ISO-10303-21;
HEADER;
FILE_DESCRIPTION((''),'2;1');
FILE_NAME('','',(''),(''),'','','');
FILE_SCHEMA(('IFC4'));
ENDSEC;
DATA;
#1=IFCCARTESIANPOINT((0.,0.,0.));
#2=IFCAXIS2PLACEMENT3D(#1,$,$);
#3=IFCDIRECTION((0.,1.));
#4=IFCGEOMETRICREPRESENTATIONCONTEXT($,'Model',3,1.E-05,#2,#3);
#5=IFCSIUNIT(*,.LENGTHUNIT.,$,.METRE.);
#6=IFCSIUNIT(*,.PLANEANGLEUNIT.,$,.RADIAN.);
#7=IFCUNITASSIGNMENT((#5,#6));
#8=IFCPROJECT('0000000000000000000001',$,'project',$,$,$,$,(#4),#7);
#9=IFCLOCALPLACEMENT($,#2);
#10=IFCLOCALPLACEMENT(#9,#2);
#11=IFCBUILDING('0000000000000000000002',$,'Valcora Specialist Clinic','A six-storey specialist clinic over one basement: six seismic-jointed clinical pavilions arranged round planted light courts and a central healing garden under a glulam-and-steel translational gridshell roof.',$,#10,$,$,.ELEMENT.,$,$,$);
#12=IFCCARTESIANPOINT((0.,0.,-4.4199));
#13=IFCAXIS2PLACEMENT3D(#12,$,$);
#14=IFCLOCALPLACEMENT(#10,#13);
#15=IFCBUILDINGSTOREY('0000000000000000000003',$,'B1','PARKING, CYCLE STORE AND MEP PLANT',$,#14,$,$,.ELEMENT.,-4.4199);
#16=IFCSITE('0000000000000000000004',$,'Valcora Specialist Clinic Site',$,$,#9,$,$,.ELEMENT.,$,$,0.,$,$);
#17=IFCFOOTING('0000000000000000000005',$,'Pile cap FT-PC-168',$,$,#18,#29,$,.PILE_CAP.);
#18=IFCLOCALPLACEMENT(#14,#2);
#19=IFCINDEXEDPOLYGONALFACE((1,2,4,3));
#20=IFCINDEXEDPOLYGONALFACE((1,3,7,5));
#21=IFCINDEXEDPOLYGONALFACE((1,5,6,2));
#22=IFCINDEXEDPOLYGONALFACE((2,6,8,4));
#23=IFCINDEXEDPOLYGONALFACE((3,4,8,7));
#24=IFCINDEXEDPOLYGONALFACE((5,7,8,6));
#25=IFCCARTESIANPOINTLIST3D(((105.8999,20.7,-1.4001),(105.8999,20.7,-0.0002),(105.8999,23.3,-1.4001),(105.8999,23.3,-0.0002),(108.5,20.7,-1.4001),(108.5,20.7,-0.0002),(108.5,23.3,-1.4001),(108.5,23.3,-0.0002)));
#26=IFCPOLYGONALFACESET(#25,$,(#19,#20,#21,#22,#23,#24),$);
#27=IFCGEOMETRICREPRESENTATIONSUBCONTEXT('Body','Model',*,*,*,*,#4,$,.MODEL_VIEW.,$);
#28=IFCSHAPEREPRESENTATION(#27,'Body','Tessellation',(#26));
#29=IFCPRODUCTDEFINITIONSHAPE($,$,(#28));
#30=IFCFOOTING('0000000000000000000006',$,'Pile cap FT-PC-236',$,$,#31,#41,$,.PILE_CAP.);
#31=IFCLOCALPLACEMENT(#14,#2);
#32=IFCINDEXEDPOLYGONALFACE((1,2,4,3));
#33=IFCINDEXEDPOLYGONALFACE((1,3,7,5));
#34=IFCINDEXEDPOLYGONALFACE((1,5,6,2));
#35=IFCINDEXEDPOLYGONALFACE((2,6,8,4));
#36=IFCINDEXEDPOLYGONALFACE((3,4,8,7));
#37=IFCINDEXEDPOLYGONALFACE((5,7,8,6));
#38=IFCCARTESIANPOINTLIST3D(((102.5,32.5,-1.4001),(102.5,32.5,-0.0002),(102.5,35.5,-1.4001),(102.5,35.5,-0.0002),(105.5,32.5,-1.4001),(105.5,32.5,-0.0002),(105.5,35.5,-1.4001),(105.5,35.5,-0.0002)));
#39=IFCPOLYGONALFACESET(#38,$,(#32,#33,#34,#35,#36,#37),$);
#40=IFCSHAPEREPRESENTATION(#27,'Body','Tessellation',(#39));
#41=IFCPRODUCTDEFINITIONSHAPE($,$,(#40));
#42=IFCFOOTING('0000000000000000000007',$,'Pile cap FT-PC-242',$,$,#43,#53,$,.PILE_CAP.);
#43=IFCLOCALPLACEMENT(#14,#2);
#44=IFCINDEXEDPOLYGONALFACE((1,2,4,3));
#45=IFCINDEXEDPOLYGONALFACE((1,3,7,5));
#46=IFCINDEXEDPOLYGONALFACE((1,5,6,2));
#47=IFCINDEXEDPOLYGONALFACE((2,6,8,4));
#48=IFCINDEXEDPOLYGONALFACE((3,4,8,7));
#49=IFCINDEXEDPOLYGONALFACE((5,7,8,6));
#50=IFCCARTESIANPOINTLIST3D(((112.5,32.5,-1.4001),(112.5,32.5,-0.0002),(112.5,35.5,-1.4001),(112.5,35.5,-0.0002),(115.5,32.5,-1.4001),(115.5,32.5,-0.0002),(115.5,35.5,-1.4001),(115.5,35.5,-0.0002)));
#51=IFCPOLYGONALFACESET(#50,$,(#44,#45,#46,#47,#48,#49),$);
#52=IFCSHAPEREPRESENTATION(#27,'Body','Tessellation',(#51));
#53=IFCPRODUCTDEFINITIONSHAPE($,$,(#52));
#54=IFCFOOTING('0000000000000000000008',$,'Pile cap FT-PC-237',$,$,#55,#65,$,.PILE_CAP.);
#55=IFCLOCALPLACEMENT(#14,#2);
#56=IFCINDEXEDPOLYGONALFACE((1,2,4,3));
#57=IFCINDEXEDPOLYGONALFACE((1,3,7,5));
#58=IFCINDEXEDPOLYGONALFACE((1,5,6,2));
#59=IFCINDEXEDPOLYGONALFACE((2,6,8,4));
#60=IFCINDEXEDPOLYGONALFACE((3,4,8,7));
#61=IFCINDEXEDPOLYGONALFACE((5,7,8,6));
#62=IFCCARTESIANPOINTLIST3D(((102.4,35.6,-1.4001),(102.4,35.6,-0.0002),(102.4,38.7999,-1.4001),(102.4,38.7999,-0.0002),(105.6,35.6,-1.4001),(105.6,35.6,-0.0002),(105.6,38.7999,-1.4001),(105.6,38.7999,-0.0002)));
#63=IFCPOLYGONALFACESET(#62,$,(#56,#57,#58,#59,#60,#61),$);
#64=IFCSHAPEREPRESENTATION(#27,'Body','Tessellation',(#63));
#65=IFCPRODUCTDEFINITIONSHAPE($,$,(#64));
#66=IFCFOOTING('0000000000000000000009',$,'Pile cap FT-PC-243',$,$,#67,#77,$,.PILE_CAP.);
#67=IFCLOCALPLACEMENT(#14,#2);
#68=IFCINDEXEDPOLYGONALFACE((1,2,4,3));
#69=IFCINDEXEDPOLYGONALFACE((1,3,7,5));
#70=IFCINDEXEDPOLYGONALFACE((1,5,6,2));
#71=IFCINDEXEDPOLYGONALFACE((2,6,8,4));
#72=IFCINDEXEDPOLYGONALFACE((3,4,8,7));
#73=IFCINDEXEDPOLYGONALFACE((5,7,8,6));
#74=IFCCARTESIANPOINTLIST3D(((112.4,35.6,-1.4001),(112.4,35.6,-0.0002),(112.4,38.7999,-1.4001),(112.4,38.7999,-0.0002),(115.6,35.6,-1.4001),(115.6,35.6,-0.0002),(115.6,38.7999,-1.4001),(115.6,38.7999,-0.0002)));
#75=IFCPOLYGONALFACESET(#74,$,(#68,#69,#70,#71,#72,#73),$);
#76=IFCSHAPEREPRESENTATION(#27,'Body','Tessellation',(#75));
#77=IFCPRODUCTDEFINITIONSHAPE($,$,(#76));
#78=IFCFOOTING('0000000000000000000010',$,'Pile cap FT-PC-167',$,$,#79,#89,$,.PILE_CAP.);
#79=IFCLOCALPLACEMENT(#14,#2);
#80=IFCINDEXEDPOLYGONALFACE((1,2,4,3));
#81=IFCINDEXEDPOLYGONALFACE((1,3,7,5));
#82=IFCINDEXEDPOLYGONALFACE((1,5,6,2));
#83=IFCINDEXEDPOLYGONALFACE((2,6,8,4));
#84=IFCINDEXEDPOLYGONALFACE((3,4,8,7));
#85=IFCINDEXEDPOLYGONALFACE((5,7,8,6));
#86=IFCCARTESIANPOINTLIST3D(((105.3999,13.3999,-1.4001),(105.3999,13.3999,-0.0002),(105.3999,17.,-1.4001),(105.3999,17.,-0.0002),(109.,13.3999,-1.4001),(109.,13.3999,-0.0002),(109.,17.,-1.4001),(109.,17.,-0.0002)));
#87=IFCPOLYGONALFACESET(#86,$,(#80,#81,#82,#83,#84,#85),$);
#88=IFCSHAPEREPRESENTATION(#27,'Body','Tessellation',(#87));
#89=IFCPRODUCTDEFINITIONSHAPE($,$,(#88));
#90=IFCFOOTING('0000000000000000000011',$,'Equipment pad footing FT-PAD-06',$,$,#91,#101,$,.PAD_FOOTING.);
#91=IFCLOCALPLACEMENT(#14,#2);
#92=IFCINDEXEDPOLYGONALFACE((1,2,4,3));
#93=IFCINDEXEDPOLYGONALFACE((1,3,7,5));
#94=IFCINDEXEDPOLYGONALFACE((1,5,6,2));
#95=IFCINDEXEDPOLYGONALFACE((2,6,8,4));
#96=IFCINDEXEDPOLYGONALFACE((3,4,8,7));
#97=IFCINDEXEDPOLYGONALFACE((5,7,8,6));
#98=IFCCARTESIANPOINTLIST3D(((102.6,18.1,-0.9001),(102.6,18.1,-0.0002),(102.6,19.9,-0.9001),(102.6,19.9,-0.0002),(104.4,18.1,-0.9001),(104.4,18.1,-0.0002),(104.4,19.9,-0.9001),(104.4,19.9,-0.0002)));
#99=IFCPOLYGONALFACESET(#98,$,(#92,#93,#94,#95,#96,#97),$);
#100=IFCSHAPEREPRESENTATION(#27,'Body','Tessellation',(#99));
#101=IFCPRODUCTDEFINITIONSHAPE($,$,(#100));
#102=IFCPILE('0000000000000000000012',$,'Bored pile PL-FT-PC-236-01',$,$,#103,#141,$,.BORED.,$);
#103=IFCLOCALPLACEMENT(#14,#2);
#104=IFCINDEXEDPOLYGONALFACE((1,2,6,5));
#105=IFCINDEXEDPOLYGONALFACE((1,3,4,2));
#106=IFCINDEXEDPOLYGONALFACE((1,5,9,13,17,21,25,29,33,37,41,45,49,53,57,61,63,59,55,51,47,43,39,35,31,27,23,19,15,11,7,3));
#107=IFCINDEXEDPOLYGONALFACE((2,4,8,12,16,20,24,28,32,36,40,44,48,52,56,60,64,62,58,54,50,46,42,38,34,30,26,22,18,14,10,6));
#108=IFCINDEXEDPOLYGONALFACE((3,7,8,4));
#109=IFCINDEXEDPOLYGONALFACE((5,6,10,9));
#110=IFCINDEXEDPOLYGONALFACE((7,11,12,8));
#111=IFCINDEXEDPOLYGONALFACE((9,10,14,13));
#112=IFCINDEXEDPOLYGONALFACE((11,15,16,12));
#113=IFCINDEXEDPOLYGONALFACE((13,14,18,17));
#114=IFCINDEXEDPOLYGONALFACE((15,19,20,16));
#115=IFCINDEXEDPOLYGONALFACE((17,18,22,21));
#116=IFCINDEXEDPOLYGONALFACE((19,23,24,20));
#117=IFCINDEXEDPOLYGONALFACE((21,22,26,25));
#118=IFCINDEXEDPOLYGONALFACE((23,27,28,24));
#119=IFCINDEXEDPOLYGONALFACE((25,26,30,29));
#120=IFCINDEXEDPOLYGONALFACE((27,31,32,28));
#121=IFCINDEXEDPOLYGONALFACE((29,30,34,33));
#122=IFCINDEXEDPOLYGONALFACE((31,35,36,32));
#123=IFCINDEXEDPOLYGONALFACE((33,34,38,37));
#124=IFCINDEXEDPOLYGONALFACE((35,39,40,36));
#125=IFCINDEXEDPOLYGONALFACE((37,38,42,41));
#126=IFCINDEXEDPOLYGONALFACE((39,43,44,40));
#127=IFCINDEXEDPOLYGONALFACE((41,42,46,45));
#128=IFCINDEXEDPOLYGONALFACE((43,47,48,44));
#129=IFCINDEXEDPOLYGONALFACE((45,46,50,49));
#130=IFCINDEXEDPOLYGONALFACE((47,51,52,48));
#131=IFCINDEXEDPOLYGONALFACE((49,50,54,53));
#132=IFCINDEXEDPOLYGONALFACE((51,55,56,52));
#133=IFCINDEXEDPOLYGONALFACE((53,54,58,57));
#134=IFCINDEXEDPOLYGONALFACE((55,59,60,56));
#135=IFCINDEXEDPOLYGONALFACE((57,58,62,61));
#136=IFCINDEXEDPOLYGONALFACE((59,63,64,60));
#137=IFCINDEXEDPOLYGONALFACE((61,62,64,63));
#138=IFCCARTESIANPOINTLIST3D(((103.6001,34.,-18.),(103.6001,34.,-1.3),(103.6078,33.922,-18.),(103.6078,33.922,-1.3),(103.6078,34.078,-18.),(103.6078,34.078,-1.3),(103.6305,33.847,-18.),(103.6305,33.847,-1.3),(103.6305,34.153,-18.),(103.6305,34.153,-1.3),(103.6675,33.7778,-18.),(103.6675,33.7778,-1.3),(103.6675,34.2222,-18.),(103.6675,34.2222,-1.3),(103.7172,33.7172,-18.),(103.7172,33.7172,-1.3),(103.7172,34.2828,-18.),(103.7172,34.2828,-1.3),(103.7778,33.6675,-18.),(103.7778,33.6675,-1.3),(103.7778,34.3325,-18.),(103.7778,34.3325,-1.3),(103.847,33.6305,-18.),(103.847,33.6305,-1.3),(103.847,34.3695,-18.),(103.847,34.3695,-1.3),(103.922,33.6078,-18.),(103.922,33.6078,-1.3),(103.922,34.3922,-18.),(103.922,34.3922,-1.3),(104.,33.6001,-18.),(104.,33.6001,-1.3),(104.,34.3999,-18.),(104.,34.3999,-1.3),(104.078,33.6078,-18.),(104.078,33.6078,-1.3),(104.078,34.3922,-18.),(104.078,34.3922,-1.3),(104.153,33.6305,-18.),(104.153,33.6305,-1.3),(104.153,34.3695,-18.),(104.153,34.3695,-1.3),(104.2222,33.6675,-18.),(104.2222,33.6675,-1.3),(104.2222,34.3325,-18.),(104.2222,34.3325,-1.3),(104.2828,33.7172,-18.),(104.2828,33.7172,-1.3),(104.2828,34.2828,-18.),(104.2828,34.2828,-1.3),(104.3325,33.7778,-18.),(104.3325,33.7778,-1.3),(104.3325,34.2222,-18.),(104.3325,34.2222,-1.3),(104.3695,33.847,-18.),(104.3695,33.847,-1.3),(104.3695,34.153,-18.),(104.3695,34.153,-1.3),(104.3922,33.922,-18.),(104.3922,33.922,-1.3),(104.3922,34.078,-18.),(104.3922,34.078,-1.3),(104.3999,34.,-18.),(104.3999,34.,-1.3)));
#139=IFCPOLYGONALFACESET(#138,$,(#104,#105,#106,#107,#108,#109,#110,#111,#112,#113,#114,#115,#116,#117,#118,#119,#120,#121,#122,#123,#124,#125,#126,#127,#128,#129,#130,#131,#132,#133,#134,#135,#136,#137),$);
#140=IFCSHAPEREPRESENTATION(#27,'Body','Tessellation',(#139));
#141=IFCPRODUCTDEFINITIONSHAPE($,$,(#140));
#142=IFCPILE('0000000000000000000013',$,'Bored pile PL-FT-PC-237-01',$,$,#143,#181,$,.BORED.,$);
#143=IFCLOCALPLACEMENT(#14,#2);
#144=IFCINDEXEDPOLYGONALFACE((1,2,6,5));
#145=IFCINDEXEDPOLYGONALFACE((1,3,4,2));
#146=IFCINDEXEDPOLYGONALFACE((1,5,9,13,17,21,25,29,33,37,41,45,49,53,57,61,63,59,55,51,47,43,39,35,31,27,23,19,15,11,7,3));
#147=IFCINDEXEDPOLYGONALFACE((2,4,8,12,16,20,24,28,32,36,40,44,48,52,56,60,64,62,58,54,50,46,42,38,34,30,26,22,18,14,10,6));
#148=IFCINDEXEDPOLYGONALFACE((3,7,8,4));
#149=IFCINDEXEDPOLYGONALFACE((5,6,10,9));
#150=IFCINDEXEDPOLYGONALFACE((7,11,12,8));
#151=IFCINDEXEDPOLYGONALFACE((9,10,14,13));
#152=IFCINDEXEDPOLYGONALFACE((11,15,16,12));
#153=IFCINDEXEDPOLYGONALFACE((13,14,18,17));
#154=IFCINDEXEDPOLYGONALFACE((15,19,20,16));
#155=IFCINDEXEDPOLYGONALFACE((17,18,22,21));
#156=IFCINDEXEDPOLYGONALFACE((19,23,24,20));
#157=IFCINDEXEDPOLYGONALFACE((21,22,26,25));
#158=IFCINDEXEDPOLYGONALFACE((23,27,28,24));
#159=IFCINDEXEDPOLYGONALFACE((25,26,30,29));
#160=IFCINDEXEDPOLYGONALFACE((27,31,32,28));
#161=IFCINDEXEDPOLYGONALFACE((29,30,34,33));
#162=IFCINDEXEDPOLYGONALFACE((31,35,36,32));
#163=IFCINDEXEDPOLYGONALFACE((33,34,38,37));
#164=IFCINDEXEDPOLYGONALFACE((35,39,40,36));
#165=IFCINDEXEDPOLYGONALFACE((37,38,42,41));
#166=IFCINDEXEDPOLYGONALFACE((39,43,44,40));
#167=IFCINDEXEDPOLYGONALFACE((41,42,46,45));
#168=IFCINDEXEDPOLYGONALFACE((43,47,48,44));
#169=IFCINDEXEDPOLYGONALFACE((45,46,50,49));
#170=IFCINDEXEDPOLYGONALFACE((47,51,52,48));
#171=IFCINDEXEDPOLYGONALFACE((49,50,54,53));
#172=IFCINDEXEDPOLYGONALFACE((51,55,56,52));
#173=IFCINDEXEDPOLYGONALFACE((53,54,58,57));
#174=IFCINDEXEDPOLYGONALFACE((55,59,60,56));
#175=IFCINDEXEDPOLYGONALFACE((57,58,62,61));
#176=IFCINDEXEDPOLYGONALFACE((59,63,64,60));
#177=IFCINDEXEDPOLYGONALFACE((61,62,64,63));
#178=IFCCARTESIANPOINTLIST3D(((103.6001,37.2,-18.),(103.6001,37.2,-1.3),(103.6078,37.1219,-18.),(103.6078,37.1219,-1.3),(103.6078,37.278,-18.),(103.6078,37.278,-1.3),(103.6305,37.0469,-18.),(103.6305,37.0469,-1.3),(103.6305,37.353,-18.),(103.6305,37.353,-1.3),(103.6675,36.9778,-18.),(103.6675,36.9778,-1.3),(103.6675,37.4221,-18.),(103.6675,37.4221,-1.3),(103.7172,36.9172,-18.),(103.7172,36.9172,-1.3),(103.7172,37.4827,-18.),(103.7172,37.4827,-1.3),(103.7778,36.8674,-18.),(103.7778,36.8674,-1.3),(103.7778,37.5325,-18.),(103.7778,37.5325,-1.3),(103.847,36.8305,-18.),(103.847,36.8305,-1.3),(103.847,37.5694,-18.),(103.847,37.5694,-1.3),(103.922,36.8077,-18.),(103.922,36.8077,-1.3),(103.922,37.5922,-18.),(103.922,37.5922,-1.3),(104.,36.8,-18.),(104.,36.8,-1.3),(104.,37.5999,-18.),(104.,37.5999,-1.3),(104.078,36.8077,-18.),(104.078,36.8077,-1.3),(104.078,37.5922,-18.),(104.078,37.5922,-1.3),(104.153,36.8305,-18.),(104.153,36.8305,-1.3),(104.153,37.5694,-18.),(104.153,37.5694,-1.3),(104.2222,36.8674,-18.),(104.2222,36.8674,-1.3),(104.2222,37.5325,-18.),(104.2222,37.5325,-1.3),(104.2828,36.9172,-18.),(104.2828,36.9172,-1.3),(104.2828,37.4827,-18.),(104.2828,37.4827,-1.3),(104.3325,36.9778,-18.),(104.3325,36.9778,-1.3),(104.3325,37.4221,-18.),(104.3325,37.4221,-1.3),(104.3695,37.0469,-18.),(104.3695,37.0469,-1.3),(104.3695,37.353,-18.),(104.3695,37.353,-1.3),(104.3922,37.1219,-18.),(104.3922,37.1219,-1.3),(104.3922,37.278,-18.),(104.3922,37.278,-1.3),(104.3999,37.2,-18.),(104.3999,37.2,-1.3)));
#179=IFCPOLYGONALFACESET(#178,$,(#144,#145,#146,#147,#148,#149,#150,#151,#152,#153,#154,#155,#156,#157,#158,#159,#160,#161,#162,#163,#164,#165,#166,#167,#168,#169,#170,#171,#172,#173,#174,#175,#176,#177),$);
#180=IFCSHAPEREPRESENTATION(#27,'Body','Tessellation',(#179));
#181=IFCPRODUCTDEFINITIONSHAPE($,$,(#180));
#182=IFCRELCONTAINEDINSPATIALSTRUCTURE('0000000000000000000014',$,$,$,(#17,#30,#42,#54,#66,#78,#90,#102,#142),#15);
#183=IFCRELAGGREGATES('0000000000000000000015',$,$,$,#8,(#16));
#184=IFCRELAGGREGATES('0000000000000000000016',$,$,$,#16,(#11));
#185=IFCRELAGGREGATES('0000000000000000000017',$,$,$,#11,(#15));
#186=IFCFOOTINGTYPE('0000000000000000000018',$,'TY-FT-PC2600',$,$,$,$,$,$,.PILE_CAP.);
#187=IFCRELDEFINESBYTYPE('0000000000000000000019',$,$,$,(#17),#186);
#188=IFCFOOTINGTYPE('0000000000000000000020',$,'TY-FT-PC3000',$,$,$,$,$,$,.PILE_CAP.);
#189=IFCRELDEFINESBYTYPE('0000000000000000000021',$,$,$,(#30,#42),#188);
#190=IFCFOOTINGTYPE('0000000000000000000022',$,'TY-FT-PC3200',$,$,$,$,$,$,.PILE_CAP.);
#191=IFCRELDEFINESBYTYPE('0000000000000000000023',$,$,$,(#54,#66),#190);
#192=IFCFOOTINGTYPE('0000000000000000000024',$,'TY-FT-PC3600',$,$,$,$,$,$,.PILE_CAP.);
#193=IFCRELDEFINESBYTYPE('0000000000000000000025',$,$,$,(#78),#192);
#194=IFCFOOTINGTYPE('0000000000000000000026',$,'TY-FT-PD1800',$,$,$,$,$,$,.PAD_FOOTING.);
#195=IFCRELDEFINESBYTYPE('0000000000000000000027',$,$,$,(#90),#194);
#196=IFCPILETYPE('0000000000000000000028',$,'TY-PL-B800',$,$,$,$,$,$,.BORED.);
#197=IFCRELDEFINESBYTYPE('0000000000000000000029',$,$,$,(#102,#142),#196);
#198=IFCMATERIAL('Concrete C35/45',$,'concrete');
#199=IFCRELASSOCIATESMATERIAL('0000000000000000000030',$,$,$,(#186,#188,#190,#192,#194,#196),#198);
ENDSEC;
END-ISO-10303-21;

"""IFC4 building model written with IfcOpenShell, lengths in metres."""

from ifc_helpers import new_model, si_unit, direction, frame, origin, origin_2d, place, context, subcontext, project, spatial, rectangle, circle, extrude, material, material_profile, profile_set, type_object, element, save


model = new_model("IFC4")

# Units and contexts
model_context = context("Model", 3, precision=1e-05, world=origin(), true_north=direction((0.0, 1.0)))
body_context = subcontext(model_context, "Body", "Model", "MODEL_VIEW")
ifc_project = project(units=[si_unit("LENGTHUNIT", "METRE"), si_unit("PLANEANGLEUNIT", "RADIAN")], contexts=[model_context])

# Site, building, storey
site_placement = place(None, origin())
site = spatial("IfcSite", under=ifc_project, at=site_placement, Name="Valcora Specialist Clinic Site", CompositionType="ELEMENT", RefElevation=0.0)
building_placement = place(site_placement, origin())
building = spatial("IfcBuilding", under=site, at=building_placement, Name="Valcora Specialist Clinic", Description="A six-storey specialist clinic over one basement: six seismic-jointed clinical pavilions arranged round planted light courts and a central healing garden under a glulam-and-steel translational gridshell roof.", CompositionType="ELEMENT")
storey_placement = place(building_placement, frame((0.0, 0.0, -4.4199)))
storey = spatial("IfcBuildingStorey", under=building, at=storey_placement, Name="B1", Description="PARKING, CYCLE STORE AND MEP PLANT", CompositionType="ELEMENT", Elevation=-4.4199)

# Footings
ifc_material_1 = material(Name="Concrete C35/45", Category="concrete")
footing_type_1 = type_object("IfcFootingType", Name="TY-FT-PC2600", PredefinedType="PILE_CAP", material=ifc_material_1)
footing_1_placement = place(storey_placement, frame((107.2, 22.0, -1.4001), z_axis=(0.0, 0.0, 1.0), x_axis=(1.0, 0.0, 0.0)))
element("IfcFooting", 1, at=footing_1_placement, inside=storey, type_object=footing_type_1, Name="Pile cap FT-PC-168", PredefinedType="PILE_CAP", context=body_context, shape_type="SweptSolid", body=[
    extrude(rectangle(XDim=2.6001, YDim=2.6001, at=origin_2d()), origin(), (0.0, 0.0, 1.0), 1.3999),
])
footing_type_2 = type_object("IfcFootingType", Name="TY-FT-PC3000", PredefinedType="PILE_CAP", material=ifc_material_1)
for number, where, z_axis, x_axis, name in (
    (2, (104.0, 34.0, -1.4001), (0.0, 0.0, 1.0), (1.0, 0.0, 0.0), "Pile cap FT-PC-236"),
    (3, (114.0, 34.0, -1.4001), (0.0, 0.0, 1.0), (1.0, 0.0, 0.0), "Pile cap FT-PC-242"),
):
    element("IfcFooting", number, at=place(storey_placement, frame(where, z_axis=z_axis, x_axis=x_axis)), inside=storey, type_object=footing_type_2, Name=name, PredefinedType="PILE_CAP", context=body_context, shape_type="SweptSolid", body=[
        extrude(rectangle(XDim=3.0, YDim=3.0, at=origin_2d()), origin(), (0.0, 0.0, 1.0), 1.3999),
    ])
footing_type_3 = type_object("IfcFootingType", Name="TY-FT-PC3200", PredefinedType="PILE_CAP", material=ifc_material_1)
for number, where, z_axis, x_axis, name in (
    (4, (104.0, 37.2, -1.4001), (0.0, 0.0, 1.0), (1.0, 0.0, 0.0), "Pile cap FT-PC-237"),
    (5, (114.0, 37.2, -1.4001), (0.0, 0.0, 1.0), (1.0, 0.0, 0.0), "Pile cap FT-PC-243"),
):
    element("IfcFooting", number, at=place(storey_placement, frame(where, z_axis=z_axis, x_axis=x_axis)), inside=storey, type_object=footing_type_3, Name=name, PredefinedType="PILE_CAP", context=body_context, shape_type="SweptSolid", body=[
        extrude(rectangle(XDim=3.2, YDim=3.2, at=origin_2d()), origin(), (0.0, 0.0, 1.0), 1.3999),
    ])
footing_type_4 = type_object("IfcFootingType", Name="TY-FT-PC3600", PredefinedType="PILE_CAP", material=ifc_material_1)
footing_2_placement = place(storey_placement, frame((107.2, 15.2, -1.4001), z_axis=(0.0, 0.0, 1.0), x_axis=(1.0, 0.0, 0.0)))
element("IfcFooting", 6, at=footing_2_placement, inside=storey, type_object=footing_type_4, Name="Pile cap FT-PC-167", PredefinedType="PILE_CAP", context=body_context, shape_type="SweptSolid", body=[
    extrude(rectangle(XDim=3.6001, YDim=3.6001, at=origin_2d()), origin(), (0.0, 0.0, 1.0), 1.3999),
])
footing_type_5 = type_object("IfcFootingType", Name="TY-FT-PD1800", PredefinedType="PAD_FOOTING", material=ifc_material_1)
footing_3_placement = place(storey_placement, frame((103.5, 19.0, -0.9001), z_axis=(0.0, 0.0, 1.0), x_axis=(1.0, 0.0, 0.0)))
element("IfcFooting", 7, at=footing_3_placement, inside=storey, type_object=footing_type_5, Name="Equipment pad footing FT-PAD-06", PredefinedType="PAD_FOOTING", context=body_context, shape_type="SweptSolid", body=[
    extrude(rectangle(XDim=1.8, YDim=1.8, at=origin_2d()), origin(), (0.0, 0.0, 1.0), 0.8999),
])

# Piles
ifc_material_profile_1 = material_profile(ifc_material_1, circle(Radius=0.3999, at=origin_2d()), Name="RC-PIL-D800")
ifc_profile_set_1 = profile_set([ifc_material_profile_1], Name="Concrete C35/45")
pile_type_1 = type_object("IfcPileType", Name="TY-PL-B800", PredefinedType="BORED", material=ifc_profile_set_1)
for number, where, z_axis, x_axis, name in (
    (8, (104.0, 34.0, -1.3), (0.0, 0.0, -1.0), (1.0, 0.0, 0.0), "Bored pile PL-FT-PC-236-01"),
    (9, (104.0, 37.2, -1.3), (0.0, 0.0, -1.0), (1.0, 0.0, 0.0), "Bored pile PL-FT-PC-237-01"),
):
    element("IfcPile", number, at=place(storey_placement, frame(where, z_axis=z_axis, x_axis=x_axis)), inside=storey, type_object=pile_type_1, Name=name, PredefinedType="BORED", context=body_context, shape_type="SweptSolid", body=[
        extrude(circle(Radius=0.3999, at=origin_2d()), origin(), (0.0, 0.0, 1.0), 16.7),
    ])

save(model, "model.ifc")
